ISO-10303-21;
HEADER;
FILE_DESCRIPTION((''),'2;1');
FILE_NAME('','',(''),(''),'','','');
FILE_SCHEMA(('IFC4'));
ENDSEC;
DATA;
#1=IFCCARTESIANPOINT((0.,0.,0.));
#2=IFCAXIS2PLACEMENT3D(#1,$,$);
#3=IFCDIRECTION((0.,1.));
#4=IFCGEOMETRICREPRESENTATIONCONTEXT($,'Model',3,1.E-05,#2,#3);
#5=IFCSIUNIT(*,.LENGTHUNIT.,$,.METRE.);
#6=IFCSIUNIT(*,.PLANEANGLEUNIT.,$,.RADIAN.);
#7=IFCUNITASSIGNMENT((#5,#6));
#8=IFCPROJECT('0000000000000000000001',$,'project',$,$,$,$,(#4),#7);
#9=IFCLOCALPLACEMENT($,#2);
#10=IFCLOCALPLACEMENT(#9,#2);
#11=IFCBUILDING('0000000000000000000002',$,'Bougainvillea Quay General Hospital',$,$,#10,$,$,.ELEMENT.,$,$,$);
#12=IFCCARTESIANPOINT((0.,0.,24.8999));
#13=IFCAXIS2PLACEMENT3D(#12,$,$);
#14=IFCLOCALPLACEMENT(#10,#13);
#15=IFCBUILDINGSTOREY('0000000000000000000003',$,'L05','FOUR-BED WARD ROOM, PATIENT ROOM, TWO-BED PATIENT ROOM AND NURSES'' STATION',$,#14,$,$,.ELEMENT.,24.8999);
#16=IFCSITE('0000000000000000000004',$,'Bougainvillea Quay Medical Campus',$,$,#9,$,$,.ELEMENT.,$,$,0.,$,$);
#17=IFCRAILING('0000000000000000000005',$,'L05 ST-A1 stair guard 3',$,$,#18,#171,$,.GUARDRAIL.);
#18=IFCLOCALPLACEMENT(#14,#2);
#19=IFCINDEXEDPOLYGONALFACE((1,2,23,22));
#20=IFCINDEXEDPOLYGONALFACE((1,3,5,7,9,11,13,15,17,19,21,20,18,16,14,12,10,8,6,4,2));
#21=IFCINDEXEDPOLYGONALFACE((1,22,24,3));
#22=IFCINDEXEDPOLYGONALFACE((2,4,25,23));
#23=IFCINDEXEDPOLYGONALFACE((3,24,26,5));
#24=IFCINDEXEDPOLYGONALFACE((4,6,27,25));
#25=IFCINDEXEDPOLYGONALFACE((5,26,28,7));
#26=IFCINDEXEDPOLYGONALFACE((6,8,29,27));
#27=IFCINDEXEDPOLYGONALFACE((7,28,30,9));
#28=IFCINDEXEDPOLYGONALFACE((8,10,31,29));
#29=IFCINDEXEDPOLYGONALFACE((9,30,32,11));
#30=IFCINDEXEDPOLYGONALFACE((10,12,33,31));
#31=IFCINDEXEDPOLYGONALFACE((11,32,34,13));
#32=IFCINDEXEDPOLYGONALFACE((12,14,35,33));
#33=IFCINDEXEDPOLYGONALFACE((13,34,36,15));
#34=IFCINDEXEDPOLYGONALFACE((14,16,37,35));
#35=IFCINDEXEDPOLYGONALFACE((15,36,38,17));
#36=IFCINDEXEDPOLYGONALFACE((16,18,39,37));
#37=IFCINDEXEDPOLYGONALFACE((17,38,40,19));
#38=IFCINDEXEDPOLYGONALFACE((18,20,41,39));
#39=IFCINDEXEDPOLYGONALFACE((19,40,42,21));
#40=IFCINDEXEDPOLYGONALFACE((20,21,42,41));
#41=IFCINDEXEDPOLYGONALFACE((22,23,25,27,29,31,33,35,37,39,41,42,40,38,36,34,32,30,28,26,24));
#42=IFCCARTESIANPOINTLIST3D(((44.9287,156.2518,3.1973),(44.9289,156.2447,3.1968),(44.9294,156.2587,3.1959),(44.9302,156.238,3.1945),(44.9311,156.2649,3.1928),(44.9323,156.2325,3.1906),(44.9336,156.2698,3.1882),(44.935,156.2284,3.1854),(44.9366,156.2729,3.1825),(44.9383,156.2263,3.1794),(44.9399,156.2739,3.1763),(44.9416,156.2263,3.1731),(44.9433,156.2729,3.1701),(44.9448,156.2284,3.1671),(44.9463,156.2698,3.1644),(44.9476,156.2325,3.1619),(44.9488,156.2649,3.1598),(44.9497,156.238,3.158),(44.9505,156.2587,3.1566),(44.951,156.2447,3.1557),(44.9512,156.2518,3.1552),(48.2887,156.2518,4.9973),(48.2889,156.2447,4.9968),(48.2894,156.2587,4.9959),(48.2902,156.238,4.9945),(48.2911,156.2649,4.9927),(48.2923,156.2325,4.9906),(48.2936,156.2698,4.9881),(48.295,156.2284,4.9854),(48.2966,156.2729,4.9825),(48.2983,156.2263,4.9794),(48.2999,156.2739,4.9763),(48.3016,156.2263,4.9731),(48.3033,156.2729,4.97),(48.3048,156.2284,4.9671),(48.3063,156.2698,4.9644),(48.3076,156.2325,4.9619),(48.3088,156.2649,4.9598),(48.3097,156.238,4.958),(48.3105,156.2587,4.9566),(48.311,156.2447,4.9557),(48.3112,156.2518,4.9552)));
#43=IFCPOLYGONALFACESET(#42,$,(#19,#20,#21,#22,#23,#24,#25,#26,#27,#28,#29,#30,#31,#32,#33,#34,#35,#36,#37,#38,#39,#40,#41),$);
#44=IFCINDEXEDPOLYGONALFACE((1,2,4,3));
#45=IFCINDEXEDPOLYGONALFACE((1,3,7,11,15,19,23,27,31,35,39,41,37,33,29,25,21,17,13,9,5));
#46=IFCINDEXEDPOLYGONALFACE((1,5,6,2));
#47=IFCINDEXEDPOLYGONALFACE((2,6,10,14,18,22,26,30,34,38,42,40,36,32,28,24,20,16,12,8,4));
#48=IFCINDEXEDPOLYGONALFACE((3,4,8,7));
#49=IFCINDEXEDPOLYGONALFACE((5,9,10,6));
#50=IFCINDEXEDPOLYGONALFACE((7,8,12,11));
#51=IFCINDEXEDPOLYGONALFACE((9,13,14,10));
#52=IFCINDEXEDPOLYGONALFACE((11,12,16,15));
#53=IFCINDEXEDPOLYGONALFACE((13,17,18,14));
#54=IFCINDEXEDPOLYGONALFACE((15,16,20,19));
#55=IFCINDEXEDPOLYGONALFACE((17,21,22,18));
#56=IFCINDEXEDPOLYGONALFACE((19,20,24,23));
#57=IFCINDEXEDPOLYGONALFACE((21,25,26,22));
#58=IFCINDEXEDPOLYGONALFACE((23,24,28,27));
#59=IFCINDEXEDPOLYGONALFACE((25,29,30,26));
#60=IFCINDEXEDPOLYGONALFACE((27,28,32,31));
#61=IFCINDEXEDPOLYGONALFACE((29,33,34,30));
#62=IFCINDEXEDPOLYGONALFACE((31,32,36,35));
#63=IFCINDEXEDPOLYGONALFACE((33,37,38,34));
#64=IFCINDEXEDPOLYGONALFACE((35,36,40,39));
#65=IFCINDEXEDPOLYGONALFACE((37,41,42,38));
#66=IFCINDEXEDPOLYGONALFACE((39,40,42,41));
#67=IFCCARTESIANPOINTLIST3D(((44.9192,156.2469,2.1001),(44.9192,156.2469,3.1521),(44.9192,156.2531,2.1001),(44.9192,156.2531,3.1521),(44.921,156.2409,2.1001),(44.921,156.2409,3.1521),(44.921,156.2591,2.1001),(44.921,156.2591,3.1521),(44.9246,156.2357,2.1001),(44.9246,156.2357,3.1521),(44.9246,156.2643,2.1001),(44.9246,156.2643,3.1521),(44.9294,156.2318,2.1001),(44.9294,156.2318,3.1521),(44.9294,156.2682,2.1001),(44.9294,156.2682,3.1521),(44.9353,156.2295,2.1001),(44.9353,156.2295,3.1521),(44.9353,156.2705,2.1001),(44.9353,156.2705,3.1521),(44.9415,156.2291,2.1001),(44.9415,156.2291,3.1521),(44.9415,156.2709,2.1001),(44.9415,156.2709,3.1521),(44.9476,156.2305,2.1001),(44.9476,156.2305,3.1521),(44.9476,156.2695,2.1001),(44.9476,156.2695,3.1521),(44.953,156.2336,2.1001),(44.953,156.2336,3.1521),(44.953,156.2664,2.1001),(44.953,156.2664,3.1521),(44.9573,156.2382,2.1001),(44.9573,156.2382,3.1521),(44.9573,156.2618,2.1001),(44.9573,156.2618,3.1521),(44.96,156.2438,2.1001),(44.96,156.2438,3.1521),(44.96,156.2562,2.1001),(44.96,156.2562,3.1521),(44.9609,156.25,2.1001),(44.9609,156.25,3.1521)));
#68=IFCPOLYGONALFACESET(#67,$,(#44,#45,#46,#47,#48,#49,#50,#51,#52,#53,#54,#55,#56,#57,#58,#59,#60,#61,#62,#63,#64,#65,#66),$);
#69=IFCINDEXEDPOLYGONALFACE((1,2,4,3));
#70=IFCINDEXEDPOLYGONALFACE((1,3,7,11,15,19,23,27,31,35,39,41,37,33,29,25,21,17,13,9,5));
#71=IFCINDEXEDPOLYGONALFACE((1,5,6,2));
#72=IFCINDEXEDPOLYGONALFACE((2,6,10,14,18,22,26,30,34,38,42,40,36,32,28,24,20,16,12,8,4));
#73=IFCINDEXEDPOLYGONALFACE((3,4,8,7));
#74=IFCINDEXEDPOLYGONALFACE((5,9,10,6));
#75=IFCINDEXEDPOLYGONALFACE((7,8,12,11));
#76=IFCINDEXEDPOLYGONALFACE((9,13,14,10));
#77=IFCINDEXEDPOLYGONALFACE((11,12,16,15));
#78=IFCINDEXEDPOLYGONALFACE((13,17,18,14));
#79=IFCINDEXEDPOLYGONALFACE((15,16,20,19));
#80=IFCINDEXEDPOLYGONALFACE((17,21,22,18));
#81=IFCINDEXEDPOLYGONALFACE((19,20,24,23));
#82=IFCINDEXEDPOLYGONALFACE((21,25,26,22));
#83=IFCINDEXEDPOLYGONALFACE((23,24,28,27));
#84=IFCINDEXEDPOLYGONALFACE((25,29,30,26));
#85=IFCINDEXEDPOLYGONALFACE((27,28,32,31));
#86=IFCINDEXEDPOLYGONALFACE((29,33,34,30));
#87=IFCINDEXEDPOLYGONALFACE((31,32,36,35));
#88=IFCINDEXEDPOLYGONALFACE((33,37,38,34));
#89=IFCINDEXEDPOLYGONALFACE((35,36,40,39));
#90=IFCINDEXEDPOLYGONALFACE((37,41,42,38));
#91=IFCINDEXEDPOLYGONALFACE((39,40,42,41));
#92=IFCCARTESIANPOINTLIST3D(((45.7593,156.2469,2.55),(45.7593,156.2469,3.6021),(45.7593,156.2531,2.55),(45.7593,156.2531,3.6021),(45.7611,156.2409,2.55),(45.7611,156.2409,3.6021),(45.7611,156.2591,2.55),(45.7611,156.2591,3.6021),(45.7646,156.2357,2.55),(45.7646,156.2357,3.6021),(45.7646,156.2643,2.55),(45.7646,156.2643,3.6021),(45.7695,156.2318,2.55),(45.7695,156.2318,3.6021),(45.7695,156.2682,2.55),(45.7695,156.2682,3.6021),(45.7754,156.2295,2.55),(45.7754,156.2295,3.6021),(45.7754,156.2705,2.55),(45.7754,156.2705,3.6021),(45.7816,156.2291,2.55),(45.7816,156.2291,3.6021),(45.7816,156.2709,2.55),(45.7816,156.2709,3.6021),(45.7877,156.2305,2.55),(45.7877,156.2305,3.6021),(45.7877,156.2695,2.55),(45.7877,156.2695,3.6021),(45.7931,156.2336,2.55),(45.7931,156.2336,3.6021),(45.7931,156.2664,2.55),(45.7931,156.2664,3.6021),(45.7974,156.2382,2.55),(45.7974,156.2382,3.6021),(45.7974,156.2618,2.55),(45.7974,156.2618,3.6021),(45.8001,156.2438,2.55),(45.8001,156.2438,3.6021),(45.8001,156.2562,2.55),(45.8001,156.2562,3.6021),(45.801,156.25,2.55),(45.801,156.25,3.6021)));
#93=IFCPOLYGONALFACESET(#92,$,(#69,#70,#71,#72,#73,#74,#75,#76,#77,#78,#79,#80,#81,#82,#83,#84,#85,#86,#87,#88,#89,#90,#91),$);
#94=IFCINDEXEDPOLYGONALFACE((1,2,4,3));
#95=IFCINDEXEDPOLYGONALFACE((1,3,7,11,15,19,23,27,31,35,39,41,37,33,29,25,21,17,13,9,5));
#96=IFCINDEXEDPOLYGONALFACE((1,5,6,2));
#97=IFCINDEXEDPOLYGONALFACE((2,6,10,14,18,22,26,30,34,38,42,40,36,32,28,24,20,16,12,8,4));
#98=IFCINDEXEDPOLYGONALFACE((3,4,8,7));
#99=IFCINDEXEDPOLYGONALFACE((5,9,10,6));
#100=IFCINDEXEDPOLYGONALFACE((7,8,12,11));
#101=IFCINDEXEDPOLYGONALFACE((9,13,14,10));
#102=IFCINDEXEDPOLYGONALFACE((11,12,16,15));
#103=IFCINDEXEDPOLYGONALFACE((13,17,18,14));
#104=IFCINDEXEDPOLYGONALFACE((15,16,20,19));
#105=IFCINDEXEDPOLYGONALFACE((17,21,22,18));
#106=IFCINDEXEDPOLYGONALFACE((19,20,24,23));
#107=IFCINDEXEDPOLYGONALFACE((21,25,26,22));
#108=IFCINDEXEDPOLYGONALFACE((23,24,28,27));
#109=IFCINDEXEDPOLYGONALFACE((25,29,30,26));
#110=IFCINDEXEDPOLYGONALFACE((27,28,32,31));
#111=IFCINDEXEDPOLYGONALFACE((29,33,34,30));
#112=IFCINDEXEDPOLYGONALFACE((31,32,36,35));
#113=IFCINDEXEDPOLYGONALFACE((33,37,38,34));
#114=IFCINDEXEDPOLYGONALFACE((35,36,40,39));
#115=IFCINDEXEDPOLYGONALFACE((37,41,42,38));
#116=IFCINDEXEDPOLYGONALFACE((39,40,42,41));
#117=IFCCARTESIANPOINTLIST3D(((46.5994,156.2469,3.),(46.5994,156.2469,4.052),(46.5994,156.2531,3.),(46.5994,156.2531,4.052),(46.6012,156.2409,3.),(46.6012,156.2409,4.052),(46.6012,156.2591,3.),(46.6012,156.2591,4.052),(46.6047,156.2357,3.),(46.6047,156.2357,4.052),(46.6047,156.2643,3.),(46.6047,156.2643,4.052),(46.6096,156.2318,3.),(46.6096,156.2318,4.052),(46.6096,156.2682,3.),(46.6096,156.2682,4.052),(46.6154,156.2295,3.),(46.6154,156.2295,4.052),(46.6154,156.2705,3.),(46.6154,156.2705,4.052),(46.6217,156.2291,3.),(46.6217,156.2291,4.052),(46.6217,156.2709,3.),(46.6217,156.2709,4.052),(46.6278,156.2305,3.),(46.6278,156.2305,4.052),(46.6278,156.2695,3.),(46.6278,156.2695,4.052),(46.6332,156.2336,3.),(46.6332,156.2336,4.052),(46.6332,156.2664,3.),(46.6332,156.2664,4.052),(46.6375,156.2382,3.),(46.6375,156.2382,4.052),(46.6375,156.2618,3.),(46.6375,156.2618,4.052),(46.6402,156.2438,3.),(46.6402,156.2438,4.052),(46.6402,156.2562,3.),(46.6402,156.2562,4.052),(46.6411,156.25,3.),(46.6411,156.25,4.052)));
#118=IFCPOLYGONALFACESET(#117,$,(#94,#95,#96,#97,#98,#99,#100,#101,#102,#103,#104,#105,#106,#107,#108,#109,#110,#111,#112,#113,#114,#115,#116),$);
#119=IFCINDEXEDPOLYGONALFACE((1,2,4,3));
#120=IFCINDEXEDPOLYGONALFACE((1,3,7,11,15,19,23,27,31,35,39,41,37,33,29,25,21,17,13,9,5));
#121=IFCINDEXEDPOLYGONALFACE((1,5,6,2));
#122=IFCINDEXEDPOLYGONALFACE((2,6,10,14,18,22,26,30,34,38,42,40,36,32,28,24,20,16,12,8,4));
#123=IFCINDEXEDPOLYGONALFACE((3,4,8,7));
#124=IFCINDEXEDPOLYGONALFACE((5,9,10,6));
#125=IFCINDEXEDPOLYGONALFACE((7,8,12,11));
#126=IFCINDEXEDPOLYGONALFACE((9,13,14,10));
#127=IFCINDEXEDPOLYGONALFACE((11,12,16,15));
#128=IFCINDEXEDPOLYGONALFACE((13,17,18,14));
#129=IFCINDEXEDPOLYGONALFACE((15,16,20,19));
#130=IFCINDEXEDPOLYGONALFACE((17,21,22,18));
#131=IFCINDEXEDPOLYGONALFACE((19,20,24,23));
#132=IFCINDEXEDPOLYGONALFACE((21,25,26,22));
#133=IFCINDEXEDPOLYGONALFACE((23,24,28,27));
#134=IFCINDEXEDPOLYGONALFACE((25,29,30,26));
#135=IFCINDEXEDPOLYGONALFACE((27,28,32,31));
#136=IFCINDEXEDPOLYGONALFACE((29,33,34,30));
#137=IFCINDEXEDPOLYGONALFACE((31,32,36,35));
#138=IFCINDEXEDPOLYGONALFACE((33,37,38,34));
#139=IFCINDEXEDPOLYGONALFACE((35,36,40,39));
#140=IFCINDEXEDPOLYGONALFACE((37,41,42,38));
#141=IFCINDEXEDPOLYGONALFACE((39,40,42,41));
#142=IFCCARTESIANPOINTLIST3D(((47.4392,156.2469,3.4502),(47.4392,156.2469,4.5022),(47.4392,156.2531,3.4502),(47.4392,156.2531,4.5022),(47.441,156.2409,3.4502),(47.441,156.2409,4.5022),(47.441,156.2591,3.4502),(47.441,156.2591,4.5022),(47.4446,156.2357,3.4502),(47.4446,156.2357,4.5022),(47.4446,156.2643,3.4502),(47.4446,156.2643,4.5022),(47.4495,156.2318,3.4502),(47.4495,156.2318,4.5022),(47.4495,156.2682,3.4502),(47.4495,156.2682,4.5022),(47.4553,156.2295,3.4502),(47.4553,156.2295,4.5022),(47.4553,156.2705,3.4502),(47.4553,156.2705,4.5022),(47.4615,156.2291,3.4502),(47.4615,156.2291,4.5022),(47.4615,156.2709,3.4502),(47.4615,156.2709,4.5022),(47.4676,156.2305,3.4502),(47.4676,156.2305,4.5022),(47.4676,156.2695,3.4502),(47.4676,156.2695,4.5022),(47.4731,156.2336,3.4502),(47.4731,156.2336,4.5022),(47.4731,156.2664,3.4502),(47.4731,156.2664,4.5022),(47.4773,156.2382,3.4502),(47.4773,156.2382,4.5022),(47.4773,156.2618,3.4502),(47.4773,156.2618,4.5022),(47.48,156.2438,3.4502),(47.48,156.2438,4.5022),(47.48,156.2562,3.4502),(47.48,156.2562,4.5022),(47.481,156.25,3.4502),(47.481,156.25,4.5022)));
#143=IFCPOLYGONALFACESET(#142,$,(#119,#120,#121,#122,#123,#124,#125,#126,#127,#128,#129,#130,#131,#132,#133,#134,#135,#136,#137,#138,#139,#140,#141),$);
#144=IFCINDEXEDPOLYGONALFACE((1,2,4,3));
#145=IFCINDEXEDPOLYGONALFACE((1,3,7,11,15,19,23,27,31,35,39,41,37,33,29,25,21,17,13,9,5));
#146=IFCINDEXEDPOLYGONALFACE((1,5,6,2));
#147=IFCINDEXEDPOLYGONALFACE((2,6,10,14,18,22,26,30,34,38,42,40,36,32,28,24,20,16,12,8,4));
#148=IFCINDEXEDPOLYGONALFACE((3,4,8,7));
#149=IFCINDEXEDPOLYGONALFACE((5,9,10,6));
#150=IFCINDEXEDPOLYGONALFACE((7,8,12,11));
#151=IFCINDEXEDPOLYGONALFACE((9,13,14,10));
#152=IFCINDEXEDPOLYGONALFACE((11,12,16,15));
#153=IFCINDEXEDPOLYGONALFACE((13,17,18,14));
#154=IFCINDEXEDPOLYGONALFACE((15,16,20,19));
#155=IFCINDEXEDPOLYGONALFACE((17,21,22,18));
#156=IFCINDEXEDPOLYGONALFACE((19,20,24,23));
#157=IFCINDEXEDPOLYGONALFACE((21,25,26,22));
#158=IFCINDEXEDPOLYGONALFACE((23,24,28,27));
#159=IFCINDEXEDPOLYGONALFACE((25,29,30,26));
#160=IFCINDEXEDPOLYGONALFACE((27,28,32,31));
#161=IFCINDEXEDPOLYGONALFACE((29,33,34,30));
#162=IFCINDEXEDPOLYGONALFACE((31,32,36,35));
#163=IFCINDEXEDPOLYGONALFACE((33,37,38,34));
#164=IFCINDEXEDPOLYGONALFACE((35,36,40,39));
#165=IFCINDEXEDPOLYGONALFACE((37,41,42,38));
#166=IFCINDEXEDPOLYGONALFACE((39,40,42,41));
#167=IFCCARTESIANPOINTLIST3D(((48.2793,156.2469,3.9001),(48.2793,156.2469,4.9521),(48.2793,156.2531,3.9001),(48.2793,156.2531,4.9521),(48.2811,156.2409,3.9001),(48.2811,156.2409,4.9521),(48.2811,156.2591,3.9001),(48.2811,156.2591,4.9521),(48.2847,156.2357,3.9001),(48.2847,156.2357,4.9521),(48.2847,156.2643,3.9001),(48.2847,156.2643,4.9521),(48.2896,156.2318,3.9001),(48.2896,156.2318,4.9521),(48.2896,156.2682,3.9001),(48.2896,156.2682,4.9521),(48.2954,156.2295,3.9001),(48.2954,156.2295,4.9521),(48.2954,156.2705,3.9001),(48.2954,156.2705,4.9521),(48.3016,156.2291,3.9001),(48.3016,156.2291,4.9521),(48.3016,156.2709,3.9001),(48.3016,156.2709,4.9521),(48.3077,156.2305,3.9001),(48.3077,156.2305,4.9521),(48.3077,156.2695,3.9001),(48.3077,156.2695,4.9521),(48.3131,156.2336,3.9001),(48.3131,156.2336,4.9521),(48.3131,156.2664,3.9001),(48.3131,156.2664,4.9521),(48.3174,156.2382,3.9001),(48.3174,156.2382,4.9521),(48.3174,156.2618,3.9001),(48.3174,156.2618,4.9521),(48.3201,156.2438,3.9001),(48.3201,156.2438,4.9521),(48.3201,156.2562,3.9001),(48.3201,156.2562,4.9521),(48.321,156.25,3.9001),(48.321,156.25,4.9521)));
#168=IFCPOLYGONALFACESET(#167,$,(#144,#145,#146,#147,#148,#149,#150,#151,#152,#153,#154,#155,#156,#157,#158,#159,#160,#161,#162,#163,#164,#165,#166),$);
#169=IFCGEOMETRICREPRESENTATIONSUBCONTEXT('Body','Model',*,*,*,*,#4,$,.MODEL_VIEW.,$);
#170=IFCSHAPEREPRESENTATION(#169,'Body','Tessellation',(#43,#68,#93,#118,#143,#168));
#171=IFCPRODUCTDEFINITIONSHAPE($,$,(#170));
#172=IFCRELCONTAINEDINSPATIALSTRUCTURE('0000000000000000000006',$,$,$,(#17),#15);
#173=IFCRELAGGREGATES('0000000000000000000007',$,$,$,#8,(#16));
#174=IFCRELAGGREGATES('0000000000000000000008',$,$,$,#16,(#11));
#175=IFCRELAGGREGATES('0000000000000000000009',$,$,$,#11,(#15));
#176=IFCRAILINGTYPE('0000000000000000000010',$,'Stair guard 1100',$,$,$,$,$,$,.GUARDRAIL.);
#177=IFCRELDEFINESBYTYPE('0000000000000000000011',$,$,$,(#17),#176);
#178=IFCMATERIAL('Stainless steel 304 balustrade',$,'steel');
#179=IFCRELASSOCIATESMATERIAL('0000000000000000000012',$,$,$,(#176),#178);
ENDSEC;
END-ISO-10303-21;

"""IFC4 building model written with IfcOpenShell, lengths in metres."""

from ifc_helpers import new_model, si_unit, direction, frame, origin, origin_2d, place, context, subcontext, project, spatial, circle, extrude, material, type_object, element, save


model = new_model("IFC4")

# Units and contexts
model_context = context("Model", 3, precision=1e-05, world=origin(), true_north=direction((0.0, 1.0)))
body_context = subcontext(model_context, "Body", "Model", "MODEL_VIEW")
ifc_project = project(units=[si_unit("LENGTHUNIT", "METRE"), si_unit("PLANEANGLEUNIT", "RADIAN")], contexts=[model_context])

# Site, building, storey
site_placement = place(None, origin())
site = spatial("IfcSite", under=ifc_project, at=site_placement, Name="Bougainvillea Quay Medical Campus", CompositionType="ELEMENT", RefElevation=0.0)
building_placement = place(site_placement, origin())
building = spatial("IfcBuilding", under=site, at=building_placement, Name="Bougainvillea Quay General Hospital", CompositionType="ELEMENT")
storey_placement = place(building_placement, frame((0.0, 0.0, 24.8999)))
storey = spatial("IfcBuildingStorey", under=building, at=storey_placement, Name="L05", Description="FOUR-BED WARD ROOM, PATIENT ROOM, TWO-BED PATIENT ROOM AND NURSES' STATION", CompositionType="ELEMENT", Elevation=24.8999)

# Railing
ifc_material_1 = material(Name="Stainless steel 304 balustrade", Category="steel")
railing_type_1 = type_object("IfcRailingType", Name="Stair guard 1100", PredefinedType="GUARDRAIL", material=ifc_material_1)
railing_1_placement = place(storey_placement, frame((44.9399, 156.25, 2.1001)))
element("IfcRailing", 1, at=railing_1_placement, inside=storey, type_object=railing_type_1, Name="L05 ST-A1 stair guard 3", PredefinedType="GUARDRAIL", context=body_context, shape_type="SweptSolid", body=[
    extrude(circle(Radius=0.0239, at=origin_2d()), frame((0.0, 0.0, 1.0762), z_axis=(0.881481, 0.0, 0.47222), x_axis=(0.0, 1.0, 0.0)), (0.0, 0.0, 1.0), 3.8118),
    extrude(circle(Radius=0.021, at=origin_2d()), origin(), (0.0, 0.0, 1.0), 1.052),
    extrude(circle(Radius=0.021, at=origin_2d()), frame((0.8401, 0.0, 0.45)), (0.0, 0.0, 1.0), 1.052),
    extrude(circle(Radius=0.021, at=origin_2d()), frame((1.6802, 0.0, 0.8999)), (0.0, 0.0, 1.0), 1.052),
    extrude(circle(Radius=0.021, at=origin_2d()), frame((2.52, 0.0, 1.3501)), (0.0, 0.0, 1.0), 1.052),
    extrude(circle(Radius=0.021, at=origin_2d()), frame((3.3601, 0.0, 1.8)), (0.0, 0.0, 1.0), 1.052),
])

save(model, "model.ifc")
